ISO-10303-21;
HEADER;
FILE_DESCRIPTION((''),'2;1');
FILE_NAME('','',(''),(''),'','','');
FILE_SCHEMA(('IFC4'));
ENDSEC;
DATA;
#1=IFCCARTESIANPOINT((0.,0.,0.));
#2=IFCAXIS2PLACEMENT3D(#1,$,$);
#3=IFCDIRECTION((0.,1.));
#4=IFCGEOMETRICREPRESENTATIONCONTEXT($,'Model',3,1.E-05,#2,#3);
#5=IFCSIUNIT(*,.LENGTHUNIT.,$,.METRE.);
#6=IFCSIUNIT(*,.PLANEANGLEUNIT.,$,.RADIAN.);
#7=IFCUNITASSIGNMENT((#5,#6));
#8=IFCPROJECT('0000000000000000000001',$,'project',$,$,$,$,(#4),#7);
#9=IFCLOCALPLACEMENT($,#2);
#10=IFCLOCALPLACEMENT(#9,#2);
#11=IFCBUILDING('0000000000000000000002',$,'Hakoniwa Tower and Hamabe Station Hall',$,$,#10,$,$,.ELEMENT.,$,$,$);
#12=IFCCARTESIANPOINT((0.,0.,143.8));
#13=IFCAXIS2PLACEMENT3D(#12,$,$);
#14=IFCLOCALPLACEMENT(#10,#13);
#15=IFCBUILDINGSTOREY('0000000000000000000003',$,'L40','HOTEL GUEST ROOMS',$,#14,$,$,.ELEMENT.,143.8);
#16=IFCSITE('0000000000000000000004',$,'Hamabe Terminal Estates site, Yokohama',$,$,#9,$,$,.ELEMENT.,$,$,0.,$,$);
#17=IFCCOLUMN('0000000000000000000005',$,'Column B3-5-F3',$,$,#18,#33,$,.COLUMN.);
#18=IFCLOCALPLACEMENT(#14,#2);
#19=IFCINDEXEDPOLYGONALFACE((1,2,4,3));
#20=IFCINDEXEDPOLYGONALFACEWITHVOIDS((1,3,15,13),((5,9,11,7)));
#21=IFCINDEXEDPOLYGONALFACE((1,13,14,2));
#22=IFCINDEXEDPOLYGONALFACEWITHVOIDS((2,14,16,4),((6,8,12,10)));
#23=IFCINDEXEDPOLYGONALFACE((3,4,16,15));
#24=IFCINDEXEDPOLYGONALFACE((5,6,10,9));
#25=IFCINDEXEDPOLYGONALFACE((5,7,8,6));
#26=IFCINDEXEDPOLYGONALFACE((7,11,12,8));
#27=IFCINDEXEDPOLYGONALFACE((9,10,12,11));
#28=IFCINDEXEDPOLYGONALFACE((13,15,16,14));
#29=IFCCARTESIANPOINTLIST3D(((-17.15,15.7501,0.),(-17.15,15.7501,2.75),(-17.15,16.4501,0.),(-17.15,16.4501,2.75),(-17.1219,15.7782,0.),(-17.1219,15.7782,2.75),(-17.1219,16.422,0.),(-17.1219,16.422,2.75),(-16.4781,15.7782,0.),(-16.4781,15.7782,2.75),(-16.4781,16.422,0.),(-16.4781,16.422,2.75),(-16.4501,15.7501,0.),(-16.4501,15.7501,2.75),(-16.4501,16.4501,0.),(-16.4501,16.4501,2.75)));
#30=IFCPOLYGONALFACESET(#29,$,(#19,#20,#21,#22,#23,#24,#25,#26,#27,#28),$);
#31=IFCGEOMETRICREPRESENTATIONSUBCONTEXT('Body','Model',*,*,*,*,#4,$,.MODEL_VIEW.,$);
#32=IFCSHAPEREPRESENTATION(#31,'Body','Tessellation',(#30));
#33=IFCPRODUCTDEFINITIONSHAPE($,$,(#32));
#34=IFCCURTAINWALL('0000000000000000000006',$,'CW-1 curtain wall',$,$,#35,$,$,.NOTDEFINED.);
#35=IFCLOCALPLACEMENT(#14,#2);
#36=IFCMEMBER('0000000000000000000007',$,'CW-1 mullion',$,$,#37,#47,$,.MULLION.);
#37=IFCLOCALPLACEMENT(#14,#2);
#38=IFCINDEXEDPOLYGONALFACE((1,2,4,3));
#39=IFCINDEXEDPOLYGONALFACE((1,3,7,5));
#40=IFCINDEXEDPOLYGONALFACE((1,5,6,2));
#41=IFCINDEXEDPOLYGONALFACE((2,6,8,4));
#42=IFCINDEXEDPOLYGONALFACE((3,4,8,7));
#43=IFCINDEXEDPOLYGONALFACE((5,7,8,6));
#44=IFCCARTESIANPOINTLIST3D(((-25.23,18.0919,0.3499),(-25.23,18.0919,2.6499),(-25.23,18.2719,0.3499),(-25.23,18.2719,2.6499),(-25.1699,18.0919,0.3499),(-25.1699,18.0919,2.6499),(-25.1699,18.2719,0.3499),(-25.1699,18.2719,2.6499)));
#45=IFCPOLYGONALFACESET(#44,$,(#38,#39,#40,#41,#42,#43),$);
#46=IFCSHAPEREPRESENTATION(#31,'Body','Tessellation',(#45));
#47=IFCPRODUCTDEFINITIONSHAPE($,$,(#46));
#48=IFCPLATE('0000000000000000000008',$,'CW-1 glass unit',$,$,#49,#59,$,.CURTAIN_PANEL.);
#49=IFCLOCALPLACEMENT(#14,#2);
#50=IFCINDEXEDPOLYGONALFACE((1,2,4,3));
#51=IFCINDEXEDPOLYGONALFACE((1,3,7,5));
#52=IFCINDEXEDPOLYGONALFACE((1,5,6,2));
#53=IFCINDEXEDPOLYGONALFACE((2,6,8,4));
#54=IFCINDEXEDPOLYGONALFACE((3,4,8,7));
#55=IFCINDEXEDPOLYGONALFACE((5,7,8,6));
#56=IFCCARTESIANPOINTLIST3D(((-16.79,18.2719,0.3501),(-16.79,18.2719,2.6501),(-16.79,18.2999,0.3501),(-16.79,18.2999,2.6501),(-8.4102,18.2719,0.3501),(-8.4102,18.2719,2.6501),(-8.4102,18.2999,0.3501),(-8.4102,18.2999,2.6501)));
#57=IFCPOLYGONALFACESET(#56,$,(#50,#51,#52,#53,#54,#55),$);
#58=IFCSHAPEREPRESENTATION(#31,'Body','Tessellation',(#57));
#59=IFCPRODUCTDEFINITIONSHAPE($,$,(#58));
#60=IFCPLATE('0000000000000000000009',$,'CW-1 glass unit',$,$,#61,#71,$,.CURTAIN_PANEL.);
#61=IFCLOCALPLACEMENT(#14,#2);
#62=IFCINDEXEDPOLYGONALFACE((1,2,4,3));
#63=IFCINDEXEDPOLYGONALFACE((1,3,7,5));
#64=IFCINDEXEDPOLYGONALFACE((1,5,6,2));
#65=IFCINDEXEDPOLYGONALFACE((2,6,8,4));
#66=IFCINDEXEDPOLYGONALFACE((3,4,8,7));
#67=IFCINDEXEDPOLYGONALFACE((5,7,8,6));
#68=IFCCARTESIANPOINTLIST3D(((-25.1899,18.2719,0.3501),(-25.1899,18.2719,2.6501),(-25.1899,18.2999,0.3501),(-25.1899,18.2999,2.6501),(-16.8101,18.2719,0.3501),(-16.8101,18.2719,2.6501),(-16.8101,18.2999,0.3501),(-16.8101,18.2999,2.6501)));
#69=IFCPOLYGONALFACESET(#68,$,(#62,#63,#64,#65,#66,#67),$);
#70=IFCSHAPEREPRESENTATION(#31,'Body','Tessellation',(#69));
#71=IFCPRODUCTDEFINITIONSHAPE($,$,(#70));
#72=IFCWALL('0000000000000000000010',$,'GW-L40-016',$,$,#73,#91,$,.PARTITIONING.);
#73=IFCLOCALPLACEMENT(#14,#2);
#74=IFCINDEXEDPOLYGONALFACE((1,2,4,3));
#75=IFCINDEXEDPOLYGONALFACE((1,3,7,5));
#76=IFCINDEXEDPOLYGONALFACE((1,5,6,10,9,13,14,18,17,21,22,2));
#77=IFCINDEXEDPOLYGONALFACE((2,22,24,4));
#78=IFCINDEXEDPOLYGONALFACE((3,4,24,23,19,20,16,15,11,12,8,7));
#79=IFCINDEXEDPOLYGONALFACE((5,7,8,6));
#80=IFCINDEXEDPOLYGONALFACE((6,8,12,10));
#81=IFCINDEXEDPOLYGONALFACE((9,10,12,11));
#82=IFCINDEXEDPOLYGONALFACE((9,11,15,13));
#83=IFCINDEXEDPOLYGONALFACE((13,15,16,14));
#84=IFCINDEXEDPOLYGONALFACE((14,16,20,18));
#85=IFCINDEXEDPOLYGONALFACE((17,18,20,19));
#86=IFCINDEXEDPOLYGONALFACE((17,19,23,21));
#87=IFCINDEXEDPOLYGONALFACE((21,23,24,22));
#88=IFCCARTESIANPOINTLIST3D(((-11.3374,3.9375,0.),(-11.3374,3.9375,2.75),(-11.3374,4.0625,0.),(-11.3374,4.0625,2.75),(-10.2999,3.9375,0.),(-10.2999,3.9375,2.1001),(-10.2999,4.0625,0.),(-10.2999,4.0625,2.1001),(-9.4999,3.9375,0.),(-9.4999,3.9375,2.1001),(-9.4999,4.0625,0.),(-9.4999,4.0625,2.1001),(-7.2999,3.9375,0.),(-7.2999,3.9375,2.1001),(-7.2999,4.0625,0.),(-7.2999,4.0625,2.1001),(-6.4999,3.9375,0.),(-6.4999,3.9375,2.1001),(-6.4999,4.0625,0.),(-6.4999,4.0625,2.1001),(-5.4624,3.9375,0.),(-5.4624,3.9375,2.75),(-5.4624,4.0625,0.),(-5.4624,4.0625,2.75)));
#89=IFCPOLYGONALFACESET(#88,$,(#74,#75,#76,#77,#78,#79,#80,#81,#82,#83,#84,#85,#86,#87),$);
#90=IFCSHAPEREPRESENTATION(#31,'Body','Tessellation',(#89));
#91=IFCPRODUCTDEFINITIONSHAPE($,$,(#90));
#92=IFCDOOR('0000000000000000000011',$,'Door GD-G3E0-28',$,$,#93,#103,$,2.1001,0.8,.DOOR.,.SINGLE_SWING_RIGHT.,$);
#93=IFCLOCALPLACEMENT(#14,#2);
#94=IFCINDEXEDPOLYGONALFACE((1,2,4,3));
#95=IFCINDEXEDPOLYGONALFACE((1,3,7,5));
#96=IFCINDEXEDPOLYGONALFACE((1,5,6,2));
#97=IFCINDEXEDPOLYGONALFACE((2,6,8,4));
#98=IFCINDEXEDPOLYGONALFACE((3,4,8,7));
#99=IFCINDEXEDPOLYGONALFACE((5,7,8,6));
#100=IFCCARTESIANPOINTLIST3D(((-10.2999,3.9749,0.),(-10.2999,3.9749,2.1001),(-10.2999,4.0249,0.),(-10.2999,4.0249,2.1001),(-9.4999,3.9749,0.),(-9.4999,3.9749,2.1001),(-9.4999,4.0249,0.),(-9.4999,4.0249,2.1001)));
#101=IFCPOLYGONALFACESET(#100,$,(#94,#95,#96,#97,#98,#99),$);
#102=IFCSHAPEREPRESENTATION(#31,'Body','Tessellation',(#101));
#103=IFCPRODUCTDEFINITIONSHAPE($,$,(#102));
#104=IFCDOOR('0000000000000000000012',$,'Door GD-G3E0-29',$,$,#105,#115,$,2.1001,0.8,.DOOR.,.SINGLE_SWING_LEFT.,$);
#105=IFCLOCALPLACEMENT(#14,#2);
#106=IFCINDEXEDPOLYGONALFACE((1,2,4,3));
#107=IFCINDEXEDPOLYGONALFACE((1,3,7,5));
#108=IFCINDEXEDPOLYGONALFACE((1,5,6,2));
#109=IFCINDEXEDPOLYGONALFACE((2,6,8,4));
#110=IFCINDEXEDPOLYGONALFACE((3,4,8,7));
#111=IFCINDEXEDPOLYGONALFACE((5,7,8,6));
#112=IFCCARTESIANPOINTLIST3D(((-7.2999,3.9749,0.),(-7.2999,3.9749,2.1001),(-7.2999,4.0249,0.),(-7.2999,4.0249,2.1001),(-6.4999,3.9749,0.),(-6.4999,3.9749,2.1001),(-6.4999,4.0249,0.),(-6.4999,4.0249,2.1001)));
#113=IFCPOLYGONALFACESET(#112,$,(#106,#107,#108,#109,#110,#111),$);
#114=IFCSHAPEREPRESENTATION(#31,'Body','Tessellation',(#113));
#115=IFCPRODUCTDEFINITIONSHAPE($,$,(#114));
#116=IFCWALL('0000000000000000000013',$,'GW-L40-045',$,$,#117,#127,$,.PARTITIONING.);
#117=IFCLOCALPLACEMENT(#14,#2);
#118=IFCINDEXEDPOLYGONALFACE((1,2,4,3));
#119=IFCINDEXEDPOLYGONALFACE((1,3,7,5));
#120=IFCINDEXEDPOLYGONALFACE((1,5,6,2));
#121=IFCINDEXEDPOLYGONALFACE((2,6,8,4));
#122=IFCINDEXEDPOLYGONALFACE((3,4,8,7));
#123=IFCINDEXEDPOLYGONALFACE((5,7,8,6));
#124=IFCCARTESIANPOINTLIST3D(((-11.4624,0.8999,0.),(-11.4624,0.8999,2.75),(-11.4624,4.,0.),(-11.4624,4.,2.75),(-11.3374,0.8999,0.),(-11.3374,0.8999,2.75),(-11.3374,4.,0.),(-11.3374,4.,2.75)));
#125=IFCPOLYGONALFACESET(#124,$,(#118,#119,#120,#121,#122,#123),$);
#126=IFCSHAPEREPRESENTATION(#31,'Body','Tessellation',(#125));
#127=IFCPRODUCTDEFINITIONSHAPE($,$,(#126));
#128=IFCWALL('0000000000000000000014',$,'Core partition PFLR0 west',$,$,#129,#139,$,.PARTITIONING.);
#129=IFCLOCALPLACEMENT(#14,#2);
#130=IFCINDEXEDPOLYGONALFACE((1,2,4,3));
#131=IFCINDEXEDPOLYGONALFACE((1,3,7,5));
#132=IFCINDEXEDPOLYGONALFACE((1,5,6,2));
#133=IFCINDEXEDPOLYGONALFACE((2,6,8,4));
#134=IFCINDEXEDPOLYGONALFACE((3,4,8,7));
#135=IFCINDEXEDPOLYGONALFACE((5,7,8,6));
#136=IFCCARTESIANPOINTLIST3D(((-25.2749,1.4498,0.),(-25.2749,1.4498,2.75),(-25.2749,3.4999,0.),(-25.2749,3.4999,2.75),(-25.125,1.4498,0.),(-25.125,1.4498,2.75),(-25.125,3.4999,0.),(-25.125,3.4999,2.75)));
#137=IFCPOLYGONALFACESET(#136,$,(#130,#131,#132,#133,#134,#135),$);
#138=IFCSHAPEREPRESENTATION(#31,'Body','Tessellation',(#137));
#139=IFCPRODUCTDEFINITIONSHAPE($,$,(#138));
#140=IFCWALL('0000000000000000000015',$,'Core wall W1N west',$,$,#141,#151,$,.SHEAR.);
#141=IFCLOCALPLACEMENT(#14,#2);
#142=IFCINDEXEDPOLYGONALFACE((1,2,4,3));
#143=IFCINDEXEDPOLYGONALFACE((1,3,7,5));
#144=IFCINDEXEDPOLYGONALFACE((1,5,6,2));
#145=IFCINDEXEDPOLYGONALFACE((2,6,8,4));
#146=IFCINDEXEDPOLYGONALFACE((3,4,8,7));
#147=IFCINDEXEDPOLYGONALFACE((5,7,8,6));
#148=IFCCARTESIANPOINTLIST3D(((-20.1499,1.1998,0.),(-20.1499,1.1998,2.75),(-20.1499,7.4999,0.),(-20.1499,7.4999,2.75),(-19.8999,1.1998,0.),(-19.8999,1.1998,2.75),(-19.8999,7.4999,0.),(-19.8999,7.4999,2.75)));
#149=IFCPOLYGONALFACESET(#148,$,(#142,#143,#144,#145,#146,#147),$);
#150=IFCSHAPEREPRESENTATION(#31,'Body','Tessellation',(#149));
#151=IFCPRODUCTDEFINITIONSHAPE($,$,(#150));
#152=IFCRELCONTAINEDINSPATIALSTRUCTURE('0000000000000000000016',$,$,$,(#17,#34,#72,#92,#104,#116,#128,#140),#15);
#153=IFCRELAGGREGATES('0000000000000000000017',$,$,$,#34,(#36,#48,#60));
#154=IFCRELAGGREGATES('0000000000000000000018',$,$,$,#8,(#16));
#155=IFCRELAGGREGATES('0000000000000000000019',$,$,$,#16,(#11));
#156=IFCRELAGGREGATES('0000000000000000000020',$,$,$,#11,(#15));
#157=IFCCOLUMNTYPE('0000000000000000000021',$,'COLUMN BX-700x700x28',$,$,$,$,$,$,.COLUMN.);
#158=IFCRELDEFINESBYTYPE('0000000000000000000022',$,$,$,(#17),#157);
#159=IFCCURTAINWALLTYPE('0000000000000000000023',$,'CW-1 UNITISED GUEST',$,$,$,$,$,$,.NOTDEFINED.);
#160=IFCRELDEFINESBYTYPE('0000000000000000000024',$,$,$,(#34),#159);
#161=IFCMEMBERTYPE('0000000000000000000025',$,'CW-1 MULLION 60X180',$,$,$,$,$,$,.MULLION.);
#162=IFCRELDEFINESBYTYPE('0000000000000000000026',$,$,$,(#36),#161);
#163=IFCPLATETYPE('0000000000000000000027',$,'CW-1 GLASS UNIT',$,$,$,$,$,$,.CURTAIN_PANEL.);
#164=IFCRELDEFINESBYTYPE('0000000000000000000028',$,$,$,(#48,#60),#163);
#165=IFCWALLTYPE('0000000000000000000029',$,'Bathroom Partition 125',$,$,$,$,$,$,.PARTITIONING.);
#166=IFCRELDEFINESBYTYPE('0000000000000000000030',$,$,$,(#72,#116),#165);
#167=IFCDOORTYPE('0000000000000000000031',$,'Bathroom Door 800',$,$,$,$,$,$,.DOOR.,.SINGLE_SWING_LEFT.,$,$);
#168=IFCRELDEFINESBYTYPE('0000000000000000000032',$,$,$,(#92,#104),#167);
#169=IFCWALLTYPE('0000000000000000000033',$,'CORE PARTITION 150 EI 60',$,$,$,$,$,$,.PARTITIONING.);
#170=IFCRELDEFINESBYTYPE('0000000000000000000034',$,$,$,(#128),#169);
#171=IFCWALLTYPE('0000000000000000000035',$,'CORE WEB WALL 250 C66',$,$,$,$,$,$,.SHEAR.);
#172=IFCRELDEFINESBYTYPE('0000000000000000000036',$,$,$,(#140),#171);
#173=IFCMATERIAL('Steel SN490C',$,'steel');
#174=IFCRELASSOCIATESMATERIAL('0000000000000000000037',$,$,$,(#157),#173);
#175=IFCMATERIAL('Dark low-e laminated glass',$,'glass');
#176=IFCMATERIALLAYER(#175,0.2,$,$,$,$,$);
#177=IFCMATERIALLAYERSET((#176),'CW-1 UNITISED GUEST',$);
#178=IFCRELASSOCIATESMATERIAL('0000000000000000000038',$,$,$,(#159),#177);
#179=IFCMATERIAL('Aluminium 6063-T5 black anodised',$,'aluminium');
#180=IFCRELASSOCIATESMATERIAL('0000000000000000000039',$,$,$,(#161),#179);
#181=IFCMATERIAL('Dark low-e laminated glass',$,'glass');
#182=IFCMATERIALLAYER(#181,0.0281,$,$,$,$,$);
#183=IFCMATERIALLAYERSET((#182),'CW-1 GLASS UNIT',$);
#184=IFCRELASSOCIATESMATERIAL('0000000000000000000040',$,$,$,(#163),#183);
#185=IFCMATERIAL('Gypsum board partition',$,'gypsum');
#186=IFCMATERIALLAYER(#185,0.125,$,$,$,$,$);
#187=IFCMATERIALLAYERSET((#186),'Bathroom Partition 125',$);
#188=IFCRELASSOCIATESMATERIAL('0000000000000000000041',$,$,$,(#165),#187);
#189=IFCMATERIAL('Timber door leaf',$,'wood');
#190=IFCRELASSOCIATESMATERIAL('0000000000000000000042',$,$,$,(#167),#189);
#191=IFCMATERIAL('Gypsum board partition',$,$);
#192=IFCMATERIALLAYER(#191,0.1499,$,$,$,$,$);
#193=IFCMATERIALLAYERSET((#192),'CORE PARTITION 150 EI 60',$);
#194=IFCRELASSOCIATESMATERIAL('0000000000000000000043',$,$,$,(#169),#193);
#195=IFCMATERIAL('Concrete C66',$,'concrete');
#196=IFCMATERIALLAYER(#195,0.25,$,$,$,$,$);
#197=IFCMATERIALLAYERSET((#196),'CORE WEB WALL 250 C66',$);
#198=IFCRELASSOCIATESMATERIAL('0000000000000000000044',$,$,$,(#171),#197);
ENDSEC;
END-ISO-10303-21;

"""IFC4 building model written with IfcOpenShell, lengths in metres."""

from ifc_helpers import new_model, si_unit, direction, frame, frame_2d, origin, origin_2d, place, context, subcontext, project, spatial, rectangle, hollow_rectangle, extrude, material, layer, layer_set, material_profile, profile_set, type_object, element, fill, aggregate, save


model = new_model("IFC4")

# Units and contexts
model_context = context("Model", 3, precision=1e-05, world=origin(), true_north=direction((0.0, 1.0)))
body_context = subcontext(model_context, "Body", "Model", "MODEL_VIEW")
ifc_project = project(units=[si_unit("LENGTHUNIT", "METRE"), si_unit("PLANEANGLEUNIT", "RADIAN")], contexts=[model_context])

# Site, building, storey
site_placement = place(None, origin())
site = spatial("IfcSite", under=ifc_project, at=site_placement, Name="Hamabe Terminal Estates site, Yokohama", CompositionType="ELEMENT", RefElevation=0.0)
building_placement = place(site_placement, origin())
building = spatial("IfcBuilding", under=site, at=building_placement, Name="Hakoniwa Tower and Hamabe Station Hall", CompositionType="ELEMENT")
storey_placement = place(building_placement, frame((0.0, 0.0, 143.8)))
storey = spatial("IfcBuildingStorey", under=building, at=storey_placement, Name="L40", Description="HOTEL GUEST ROOMS", CompositionType="ELEMENT", Elevation=143.8)

# Column
ifc_material_1 = material(Name="Steel SN490C", Category="steel")
ifc_material_profile_1 = material_profile(ifc_material_1, hollow_rectangle(XDim=0.7, YDim=0.7, WallThickness=0.0281, at=origin_2d()), Name="BX-700x700x28")
ifc_profile_set_1 = profile_set([ifc_material_profile_1], Name="Steel SN490C")
column_type = type_object("IfcColumnType", Name="COLUMN BX-700x700x28", PredefinedType="COLUMN", material=ifc_profile_set_1)
column_placement = place(storey_placement, frame((-16.8, 16.1001, 0.0), z_axis=(0.0, 0.0, 1.0), x_axis=(1.0, 0.0, 0.0)))
element("IfcColumn", 1, at=column_placement, inside=storey, type_object=column_type, Name="Column B3-5-F3", PredefinedType="COLUMN", context=body_context, shape_type="SweptSolid", body=[
    extrude(hollow_rectangle(XDim=0.7, YDim=0.7, WallThickness=0.0281, at=origin_2d()), origin(), (0.0, 0.0, 1.0), 2.75),
])

# Curtain wall, member, plates
ifc_material_2 = material(Name="Dark low-e laminated glass", Category="glass")
ifc_layer_1 = layer(ifc_material_2, 0.2)
ifc_layer_set_1 = layer_set([ifc_layer_1], Name="CW-1 UNITISED GUEST")
curtain_wall_type = type_object("IfcCurtainWallType", Name="CW-1 UNITISED GUEST", PredefinedType="NOTDEFINED", material=ifc_layer_set_1)
curtain_wall_placement = place(storey_placement, origin())
curtain_wall = element("IfcCurtainWall", 2, at=curtain_wall_placement, inside=storey, type_object=curtain_wall_type, Name="CW-1 curtain wall", PredefinedType="NOTDEFINED")
ifc_material_3 = material(Name="Aluminium 6063-T5 black anodised", Category="aluminium")
ifc_material_profile_2 = material_profile(ifc_material_3, rectangle(XDim=0.0601, YDim=0.1799, at=origin_2d()), Name="CW-1 MULLION 60X180")
ifc_profile_set_2 = profile_set([ifc_material_profile_2], Name="Aluminium 6063-T5 black anodised")
member_type = type_object("IfcMemberType", Name="CW-1 MULLION 60X180", PredefinedType="MULLION", material=ifc_profile_set_2)
member_placement = place(storey_placement, frame((-25.2, 18.1819, 0.3499), z_axis=(0.0, 0.0, 1.0), x_axis=(-1.0, 0.0, 0.0)))
member = element("IfcMember", 3, at=member_placement, type_object=member_type, Name="CW-1 mullion", PredefinedType="MULLION", context=body_context, shape_type="SweptSolid", body=[
    extrude(rectangle(XDim=0.0601, YDim=0.1799, at=origin_2d()), origin(), (0.0, 0.0, 1.0), 2.3),
])
ifc_material_4 = material(Name="Dark low-e laminated glass", Category="glass")
ifc_layer_2 = layer(ifc_material_4, 0.0281)
ifc_layer_set_2 = layer_set([ifc_layer_2], Name="CW-1 GLASS UNIT")
plate_type = type_object("IfcPlateType", Name="CW-1 GLASS UNIT", PredefinedType="CURTAIN_PANEL", material=ifc_layer_set_2)
plate_1_placement = place(storey_placement, frame((-12.6001, 18.2859, 0.3501), z_axis=(0.0, 0.0, 1.0), x_axis=(-1.0, 0.0, 0.0)))
plate_1 = element("IfcPlate", 4, at=plate_1_placement, type_object=plate_type, Name="CW-1 glass unit", PredefinedType="CURTAIN_PANEL", context=body_context, shape_type="SweptSolid", body=[
    extrude(rectangle(XDim=8.3799, YDim=0.0281, at=origin_2d()), origin(), (0.0, 0.0, 1.0), 2.3),
])
plate_2_placement = place(storey_placement, frame((-21.0, 18.2859, 0.3501), z_axis=(0.0, 0.0, 1.0), x_axis=(-1.0, 0.0, 0.0)))
plate_2 = element("IfcPlate", 5, at=plate_2_placement, type_object=plate_type, Name="CW-1 glass unit", PredefinedType="CURTAIN_PANEL", context=body_context, shape_type="SweptSolid", body=[
    extrude(rectangle(XDim=8.3799, YDim=0.0281, at=origin_2d()), origin(), (0.0, 0.0, 1.0), 2.3),
])
aggregate(curtain_wall, [member, plate_1, plate_2])

# Wall, openings, doors
ifc_material_5 = material(Name="Gypsum board partition", Category="gypsum")
ifc_layer_3 = layer(ifc_material_5, 0.125)
ifc_layer_set_3 = layer_set([ifc_layer_3], Name="Bathroom Partition 125")
wall_type_1 = type_object("IfcWallType", Name="Bathroom Partition 125", PredefinedType="PARTITIONING", material=ifc_layer_set_3)
wall_1_placement = place(storey_placement, frame((-11.3374, 4.0, 0.0), z_axis=(0.0, 0.0, 1.0), x_axis=(1.0, 0.0, 0.0)))
wall_1 = element("IfcWall", 6, at=wall_1_placement, inside=storey, type_object=wall_type_1, Name="GW-L40-016", PredefinedType="PARTITIONING", context=body_context, shape_type="SweptSolid", body=[
    extrude(rectangle(XDim=5.875, YDim=0.125, at=frame_2d((2.9375, 0.0))), origin(), (0.0, 0.0, 1.0), 2.75),
])
opening_1_placement = place(wall_1_placement, frame((1.0376, 0.0, 0.0)))
opening_1 = element("IfcOpeningElement", 7, at=opening_1_placement, cuts=wall_1, PredefinedType="OPENING", context=body_context, shape_type="SweptSolid", body=[
    extrude(rectangle(XDim=0.8, YDim=2.1001, at=frame_2d((0.3999, 1.05))), frame((0.0, 0.0725, 0.0), z_axis=(0.0, -1.0, 0.0), x_axis=(1.0, 0.0, 0.0)), (0.0, 0.0, 1.0), 0.145),
])
opening_2_placement = place(wall_1_placement, frame((4.0376, 0.0, 0.0)))
opening_2 = element("IfcOpeningElement", 8, at=opening_2_placement, cuts=wall_1, PredefinedType="OPENING", context=body_context, shape_type="SweptSolid", body=[
    extrude(rectangle(XDim=0.8, YDim=2.1001, at=frame_2d((0.3999, 1.05))), frame((0.0, 0.0725, 0.0), z_axis=(0.0, -1.0, 0.0), x_axis=(1.0, 0.0, 0.0)), (0.0, 0.0, 1.0), 0.145),
])
ifc_material_6 = material(Name="Timber door leaf", Category="wood")
door_type_1 = type_object("IfcDoorType", Name="Bathroom Door 800", OperationType="SINGLE_SWING_LEFT", PredefinedType="DOOR", material=ifc_material_6)
door_1_placement = place(opening_1_placement, origin())
door_1 = element("IfcDoor", 9, at=door_1_placement, inside=storey, type_object=door_type_1, Name="Door GD-G3E0-28", OperationType="SINGLE_SWING_RIGHT", OverallHeight=2.1001, OverallWidth=0.8, PredefinedType="DOOR", context=body_context, shape_type="SweptSolid", body=[
    extrude(rectangle(XDim=0.8, YDim=2.1001, at=frame_2d((0.3999, 1.05))), frame((0.0, 0.0249, 0.0), z_axis=(0.0, -1.0, 0.0), x_axis=(1.0, 0.0, 0.0)), (0.0, 0.0, 1.0), 0.05),
])
fill(opening_1, door_1)
door_2_placement = place(opening_2_placement, origin())
door_2 = element("IfcDoor", 10, at=door_2_placement, inside=storey, type_object=door_type_1, Name="Door GD-G3E0-29", OperationType="SINGLE_SWING_LEFT", OverallHeight=2.1001, OverallWidth=0.8, PredefinedType="DOOR", context=body_context, shape_type="SweptSolid", body=[
    extrude(rectangle(XDim=0.8, YDim=2.1001, at=frame_2d((0.3999, 1.05))), frame((0.0, 0.0249, 0.0), z_axis=(0.0, -1.0, 0.0), x_axis=(1.0, 0.0, 0.0)), (0.0, 0.0, 1.0), 0.05),
])
fill(opening_2, door_2)

# Walls
wall_2_placement = place(storey_placement, frame((-11.3999, 0.8999, 0.0), z_axis=(0.0, 0.0, 1.0), x_axis=(0.0, 1.0, 0.0)))
element("IfcWall", 11, at=wall_2_placement, inside=storey, type_object=wall_type_1, Name="GW-L40-045", PredefinedType="PARTITIONING", context=body_context, shape_type="SweptSolid", body=[
    extrude(rectangle(XDim=3.1001, YDim=0.125, at=frame_2d((1.55, 0.0))), origin(), (0.0, 0.0, 1.0), 2.75),
])
ifc_material_7 = material(Name="Gypsum board partition")
ifc_layer_4 = layer(ifc_material_7, 0.1499)
ifc_layer_set_4 = layer_set([ifc_layer_4], Name="CORE PARTITION 150 EI 60")
wall_type_2 = type_object("IfcWallType", Name="CORE PARTITION 150 EI 60", PredefinedType="PARTITIONING", material=ifc_layer_set_4)
wall_3_placement = place(storey_placement, frame((-25.2, 1.45, 0.0), z_axis=(0.0, 0.0, 1.0), x_axis=(0.0, 1.0, 0.0)))
element("IfcWall", 12, at=wall_3_placement, inside=storey, type_object=wall_type_2, Name="Core partition PFLR0 west", PredefinedType="PARTITIONING", context=body_context, shape_type="SweptSolid", body=[
    extrude(rectangle(XDim=2.05, YDim=0.1499, at=frame_2d((1.0249, 0.0))), origin(), (0.0, 0.0, 1.0), 2.75),
])
ifc_material_8 = material(Name="Concrete C66", Category="concrete")
ifc_layer_5 = layer(ifc_material_8, 0.25)
ifc_layer_set_5 = layer_set([ifc_layer_5], Name="CORE WEB WALL 250 C66")
wall_type_3 = type_object("IfcWallType", Name="CORE WEB WALL 250 C66", PredefinedType="SHEAR", material=ifc_layer_set_5)
wall_4_placement = place(storey_placement, frame((-20.0249, 1.2, 0.0), z_axis=(0.0, 0.0, 1.0), x_axis=(0.0, 1.0, 0.0)))
element("IfcWall", 13, at=wall_4_placement, inside=storey, type_object=wall_type_3, Name="Core wall W1N west", PredefinedType="SHEAR", context=body_context, shape_type="SweptSolid", body=[
    extrude(rectangle(XDim=6.3, YDim=0.25, at=frame_2d((3.1499, 0.0))), origin(), (0.0, 0.0, 1.0), 2.75),
])

save(model, "model.ifc")
